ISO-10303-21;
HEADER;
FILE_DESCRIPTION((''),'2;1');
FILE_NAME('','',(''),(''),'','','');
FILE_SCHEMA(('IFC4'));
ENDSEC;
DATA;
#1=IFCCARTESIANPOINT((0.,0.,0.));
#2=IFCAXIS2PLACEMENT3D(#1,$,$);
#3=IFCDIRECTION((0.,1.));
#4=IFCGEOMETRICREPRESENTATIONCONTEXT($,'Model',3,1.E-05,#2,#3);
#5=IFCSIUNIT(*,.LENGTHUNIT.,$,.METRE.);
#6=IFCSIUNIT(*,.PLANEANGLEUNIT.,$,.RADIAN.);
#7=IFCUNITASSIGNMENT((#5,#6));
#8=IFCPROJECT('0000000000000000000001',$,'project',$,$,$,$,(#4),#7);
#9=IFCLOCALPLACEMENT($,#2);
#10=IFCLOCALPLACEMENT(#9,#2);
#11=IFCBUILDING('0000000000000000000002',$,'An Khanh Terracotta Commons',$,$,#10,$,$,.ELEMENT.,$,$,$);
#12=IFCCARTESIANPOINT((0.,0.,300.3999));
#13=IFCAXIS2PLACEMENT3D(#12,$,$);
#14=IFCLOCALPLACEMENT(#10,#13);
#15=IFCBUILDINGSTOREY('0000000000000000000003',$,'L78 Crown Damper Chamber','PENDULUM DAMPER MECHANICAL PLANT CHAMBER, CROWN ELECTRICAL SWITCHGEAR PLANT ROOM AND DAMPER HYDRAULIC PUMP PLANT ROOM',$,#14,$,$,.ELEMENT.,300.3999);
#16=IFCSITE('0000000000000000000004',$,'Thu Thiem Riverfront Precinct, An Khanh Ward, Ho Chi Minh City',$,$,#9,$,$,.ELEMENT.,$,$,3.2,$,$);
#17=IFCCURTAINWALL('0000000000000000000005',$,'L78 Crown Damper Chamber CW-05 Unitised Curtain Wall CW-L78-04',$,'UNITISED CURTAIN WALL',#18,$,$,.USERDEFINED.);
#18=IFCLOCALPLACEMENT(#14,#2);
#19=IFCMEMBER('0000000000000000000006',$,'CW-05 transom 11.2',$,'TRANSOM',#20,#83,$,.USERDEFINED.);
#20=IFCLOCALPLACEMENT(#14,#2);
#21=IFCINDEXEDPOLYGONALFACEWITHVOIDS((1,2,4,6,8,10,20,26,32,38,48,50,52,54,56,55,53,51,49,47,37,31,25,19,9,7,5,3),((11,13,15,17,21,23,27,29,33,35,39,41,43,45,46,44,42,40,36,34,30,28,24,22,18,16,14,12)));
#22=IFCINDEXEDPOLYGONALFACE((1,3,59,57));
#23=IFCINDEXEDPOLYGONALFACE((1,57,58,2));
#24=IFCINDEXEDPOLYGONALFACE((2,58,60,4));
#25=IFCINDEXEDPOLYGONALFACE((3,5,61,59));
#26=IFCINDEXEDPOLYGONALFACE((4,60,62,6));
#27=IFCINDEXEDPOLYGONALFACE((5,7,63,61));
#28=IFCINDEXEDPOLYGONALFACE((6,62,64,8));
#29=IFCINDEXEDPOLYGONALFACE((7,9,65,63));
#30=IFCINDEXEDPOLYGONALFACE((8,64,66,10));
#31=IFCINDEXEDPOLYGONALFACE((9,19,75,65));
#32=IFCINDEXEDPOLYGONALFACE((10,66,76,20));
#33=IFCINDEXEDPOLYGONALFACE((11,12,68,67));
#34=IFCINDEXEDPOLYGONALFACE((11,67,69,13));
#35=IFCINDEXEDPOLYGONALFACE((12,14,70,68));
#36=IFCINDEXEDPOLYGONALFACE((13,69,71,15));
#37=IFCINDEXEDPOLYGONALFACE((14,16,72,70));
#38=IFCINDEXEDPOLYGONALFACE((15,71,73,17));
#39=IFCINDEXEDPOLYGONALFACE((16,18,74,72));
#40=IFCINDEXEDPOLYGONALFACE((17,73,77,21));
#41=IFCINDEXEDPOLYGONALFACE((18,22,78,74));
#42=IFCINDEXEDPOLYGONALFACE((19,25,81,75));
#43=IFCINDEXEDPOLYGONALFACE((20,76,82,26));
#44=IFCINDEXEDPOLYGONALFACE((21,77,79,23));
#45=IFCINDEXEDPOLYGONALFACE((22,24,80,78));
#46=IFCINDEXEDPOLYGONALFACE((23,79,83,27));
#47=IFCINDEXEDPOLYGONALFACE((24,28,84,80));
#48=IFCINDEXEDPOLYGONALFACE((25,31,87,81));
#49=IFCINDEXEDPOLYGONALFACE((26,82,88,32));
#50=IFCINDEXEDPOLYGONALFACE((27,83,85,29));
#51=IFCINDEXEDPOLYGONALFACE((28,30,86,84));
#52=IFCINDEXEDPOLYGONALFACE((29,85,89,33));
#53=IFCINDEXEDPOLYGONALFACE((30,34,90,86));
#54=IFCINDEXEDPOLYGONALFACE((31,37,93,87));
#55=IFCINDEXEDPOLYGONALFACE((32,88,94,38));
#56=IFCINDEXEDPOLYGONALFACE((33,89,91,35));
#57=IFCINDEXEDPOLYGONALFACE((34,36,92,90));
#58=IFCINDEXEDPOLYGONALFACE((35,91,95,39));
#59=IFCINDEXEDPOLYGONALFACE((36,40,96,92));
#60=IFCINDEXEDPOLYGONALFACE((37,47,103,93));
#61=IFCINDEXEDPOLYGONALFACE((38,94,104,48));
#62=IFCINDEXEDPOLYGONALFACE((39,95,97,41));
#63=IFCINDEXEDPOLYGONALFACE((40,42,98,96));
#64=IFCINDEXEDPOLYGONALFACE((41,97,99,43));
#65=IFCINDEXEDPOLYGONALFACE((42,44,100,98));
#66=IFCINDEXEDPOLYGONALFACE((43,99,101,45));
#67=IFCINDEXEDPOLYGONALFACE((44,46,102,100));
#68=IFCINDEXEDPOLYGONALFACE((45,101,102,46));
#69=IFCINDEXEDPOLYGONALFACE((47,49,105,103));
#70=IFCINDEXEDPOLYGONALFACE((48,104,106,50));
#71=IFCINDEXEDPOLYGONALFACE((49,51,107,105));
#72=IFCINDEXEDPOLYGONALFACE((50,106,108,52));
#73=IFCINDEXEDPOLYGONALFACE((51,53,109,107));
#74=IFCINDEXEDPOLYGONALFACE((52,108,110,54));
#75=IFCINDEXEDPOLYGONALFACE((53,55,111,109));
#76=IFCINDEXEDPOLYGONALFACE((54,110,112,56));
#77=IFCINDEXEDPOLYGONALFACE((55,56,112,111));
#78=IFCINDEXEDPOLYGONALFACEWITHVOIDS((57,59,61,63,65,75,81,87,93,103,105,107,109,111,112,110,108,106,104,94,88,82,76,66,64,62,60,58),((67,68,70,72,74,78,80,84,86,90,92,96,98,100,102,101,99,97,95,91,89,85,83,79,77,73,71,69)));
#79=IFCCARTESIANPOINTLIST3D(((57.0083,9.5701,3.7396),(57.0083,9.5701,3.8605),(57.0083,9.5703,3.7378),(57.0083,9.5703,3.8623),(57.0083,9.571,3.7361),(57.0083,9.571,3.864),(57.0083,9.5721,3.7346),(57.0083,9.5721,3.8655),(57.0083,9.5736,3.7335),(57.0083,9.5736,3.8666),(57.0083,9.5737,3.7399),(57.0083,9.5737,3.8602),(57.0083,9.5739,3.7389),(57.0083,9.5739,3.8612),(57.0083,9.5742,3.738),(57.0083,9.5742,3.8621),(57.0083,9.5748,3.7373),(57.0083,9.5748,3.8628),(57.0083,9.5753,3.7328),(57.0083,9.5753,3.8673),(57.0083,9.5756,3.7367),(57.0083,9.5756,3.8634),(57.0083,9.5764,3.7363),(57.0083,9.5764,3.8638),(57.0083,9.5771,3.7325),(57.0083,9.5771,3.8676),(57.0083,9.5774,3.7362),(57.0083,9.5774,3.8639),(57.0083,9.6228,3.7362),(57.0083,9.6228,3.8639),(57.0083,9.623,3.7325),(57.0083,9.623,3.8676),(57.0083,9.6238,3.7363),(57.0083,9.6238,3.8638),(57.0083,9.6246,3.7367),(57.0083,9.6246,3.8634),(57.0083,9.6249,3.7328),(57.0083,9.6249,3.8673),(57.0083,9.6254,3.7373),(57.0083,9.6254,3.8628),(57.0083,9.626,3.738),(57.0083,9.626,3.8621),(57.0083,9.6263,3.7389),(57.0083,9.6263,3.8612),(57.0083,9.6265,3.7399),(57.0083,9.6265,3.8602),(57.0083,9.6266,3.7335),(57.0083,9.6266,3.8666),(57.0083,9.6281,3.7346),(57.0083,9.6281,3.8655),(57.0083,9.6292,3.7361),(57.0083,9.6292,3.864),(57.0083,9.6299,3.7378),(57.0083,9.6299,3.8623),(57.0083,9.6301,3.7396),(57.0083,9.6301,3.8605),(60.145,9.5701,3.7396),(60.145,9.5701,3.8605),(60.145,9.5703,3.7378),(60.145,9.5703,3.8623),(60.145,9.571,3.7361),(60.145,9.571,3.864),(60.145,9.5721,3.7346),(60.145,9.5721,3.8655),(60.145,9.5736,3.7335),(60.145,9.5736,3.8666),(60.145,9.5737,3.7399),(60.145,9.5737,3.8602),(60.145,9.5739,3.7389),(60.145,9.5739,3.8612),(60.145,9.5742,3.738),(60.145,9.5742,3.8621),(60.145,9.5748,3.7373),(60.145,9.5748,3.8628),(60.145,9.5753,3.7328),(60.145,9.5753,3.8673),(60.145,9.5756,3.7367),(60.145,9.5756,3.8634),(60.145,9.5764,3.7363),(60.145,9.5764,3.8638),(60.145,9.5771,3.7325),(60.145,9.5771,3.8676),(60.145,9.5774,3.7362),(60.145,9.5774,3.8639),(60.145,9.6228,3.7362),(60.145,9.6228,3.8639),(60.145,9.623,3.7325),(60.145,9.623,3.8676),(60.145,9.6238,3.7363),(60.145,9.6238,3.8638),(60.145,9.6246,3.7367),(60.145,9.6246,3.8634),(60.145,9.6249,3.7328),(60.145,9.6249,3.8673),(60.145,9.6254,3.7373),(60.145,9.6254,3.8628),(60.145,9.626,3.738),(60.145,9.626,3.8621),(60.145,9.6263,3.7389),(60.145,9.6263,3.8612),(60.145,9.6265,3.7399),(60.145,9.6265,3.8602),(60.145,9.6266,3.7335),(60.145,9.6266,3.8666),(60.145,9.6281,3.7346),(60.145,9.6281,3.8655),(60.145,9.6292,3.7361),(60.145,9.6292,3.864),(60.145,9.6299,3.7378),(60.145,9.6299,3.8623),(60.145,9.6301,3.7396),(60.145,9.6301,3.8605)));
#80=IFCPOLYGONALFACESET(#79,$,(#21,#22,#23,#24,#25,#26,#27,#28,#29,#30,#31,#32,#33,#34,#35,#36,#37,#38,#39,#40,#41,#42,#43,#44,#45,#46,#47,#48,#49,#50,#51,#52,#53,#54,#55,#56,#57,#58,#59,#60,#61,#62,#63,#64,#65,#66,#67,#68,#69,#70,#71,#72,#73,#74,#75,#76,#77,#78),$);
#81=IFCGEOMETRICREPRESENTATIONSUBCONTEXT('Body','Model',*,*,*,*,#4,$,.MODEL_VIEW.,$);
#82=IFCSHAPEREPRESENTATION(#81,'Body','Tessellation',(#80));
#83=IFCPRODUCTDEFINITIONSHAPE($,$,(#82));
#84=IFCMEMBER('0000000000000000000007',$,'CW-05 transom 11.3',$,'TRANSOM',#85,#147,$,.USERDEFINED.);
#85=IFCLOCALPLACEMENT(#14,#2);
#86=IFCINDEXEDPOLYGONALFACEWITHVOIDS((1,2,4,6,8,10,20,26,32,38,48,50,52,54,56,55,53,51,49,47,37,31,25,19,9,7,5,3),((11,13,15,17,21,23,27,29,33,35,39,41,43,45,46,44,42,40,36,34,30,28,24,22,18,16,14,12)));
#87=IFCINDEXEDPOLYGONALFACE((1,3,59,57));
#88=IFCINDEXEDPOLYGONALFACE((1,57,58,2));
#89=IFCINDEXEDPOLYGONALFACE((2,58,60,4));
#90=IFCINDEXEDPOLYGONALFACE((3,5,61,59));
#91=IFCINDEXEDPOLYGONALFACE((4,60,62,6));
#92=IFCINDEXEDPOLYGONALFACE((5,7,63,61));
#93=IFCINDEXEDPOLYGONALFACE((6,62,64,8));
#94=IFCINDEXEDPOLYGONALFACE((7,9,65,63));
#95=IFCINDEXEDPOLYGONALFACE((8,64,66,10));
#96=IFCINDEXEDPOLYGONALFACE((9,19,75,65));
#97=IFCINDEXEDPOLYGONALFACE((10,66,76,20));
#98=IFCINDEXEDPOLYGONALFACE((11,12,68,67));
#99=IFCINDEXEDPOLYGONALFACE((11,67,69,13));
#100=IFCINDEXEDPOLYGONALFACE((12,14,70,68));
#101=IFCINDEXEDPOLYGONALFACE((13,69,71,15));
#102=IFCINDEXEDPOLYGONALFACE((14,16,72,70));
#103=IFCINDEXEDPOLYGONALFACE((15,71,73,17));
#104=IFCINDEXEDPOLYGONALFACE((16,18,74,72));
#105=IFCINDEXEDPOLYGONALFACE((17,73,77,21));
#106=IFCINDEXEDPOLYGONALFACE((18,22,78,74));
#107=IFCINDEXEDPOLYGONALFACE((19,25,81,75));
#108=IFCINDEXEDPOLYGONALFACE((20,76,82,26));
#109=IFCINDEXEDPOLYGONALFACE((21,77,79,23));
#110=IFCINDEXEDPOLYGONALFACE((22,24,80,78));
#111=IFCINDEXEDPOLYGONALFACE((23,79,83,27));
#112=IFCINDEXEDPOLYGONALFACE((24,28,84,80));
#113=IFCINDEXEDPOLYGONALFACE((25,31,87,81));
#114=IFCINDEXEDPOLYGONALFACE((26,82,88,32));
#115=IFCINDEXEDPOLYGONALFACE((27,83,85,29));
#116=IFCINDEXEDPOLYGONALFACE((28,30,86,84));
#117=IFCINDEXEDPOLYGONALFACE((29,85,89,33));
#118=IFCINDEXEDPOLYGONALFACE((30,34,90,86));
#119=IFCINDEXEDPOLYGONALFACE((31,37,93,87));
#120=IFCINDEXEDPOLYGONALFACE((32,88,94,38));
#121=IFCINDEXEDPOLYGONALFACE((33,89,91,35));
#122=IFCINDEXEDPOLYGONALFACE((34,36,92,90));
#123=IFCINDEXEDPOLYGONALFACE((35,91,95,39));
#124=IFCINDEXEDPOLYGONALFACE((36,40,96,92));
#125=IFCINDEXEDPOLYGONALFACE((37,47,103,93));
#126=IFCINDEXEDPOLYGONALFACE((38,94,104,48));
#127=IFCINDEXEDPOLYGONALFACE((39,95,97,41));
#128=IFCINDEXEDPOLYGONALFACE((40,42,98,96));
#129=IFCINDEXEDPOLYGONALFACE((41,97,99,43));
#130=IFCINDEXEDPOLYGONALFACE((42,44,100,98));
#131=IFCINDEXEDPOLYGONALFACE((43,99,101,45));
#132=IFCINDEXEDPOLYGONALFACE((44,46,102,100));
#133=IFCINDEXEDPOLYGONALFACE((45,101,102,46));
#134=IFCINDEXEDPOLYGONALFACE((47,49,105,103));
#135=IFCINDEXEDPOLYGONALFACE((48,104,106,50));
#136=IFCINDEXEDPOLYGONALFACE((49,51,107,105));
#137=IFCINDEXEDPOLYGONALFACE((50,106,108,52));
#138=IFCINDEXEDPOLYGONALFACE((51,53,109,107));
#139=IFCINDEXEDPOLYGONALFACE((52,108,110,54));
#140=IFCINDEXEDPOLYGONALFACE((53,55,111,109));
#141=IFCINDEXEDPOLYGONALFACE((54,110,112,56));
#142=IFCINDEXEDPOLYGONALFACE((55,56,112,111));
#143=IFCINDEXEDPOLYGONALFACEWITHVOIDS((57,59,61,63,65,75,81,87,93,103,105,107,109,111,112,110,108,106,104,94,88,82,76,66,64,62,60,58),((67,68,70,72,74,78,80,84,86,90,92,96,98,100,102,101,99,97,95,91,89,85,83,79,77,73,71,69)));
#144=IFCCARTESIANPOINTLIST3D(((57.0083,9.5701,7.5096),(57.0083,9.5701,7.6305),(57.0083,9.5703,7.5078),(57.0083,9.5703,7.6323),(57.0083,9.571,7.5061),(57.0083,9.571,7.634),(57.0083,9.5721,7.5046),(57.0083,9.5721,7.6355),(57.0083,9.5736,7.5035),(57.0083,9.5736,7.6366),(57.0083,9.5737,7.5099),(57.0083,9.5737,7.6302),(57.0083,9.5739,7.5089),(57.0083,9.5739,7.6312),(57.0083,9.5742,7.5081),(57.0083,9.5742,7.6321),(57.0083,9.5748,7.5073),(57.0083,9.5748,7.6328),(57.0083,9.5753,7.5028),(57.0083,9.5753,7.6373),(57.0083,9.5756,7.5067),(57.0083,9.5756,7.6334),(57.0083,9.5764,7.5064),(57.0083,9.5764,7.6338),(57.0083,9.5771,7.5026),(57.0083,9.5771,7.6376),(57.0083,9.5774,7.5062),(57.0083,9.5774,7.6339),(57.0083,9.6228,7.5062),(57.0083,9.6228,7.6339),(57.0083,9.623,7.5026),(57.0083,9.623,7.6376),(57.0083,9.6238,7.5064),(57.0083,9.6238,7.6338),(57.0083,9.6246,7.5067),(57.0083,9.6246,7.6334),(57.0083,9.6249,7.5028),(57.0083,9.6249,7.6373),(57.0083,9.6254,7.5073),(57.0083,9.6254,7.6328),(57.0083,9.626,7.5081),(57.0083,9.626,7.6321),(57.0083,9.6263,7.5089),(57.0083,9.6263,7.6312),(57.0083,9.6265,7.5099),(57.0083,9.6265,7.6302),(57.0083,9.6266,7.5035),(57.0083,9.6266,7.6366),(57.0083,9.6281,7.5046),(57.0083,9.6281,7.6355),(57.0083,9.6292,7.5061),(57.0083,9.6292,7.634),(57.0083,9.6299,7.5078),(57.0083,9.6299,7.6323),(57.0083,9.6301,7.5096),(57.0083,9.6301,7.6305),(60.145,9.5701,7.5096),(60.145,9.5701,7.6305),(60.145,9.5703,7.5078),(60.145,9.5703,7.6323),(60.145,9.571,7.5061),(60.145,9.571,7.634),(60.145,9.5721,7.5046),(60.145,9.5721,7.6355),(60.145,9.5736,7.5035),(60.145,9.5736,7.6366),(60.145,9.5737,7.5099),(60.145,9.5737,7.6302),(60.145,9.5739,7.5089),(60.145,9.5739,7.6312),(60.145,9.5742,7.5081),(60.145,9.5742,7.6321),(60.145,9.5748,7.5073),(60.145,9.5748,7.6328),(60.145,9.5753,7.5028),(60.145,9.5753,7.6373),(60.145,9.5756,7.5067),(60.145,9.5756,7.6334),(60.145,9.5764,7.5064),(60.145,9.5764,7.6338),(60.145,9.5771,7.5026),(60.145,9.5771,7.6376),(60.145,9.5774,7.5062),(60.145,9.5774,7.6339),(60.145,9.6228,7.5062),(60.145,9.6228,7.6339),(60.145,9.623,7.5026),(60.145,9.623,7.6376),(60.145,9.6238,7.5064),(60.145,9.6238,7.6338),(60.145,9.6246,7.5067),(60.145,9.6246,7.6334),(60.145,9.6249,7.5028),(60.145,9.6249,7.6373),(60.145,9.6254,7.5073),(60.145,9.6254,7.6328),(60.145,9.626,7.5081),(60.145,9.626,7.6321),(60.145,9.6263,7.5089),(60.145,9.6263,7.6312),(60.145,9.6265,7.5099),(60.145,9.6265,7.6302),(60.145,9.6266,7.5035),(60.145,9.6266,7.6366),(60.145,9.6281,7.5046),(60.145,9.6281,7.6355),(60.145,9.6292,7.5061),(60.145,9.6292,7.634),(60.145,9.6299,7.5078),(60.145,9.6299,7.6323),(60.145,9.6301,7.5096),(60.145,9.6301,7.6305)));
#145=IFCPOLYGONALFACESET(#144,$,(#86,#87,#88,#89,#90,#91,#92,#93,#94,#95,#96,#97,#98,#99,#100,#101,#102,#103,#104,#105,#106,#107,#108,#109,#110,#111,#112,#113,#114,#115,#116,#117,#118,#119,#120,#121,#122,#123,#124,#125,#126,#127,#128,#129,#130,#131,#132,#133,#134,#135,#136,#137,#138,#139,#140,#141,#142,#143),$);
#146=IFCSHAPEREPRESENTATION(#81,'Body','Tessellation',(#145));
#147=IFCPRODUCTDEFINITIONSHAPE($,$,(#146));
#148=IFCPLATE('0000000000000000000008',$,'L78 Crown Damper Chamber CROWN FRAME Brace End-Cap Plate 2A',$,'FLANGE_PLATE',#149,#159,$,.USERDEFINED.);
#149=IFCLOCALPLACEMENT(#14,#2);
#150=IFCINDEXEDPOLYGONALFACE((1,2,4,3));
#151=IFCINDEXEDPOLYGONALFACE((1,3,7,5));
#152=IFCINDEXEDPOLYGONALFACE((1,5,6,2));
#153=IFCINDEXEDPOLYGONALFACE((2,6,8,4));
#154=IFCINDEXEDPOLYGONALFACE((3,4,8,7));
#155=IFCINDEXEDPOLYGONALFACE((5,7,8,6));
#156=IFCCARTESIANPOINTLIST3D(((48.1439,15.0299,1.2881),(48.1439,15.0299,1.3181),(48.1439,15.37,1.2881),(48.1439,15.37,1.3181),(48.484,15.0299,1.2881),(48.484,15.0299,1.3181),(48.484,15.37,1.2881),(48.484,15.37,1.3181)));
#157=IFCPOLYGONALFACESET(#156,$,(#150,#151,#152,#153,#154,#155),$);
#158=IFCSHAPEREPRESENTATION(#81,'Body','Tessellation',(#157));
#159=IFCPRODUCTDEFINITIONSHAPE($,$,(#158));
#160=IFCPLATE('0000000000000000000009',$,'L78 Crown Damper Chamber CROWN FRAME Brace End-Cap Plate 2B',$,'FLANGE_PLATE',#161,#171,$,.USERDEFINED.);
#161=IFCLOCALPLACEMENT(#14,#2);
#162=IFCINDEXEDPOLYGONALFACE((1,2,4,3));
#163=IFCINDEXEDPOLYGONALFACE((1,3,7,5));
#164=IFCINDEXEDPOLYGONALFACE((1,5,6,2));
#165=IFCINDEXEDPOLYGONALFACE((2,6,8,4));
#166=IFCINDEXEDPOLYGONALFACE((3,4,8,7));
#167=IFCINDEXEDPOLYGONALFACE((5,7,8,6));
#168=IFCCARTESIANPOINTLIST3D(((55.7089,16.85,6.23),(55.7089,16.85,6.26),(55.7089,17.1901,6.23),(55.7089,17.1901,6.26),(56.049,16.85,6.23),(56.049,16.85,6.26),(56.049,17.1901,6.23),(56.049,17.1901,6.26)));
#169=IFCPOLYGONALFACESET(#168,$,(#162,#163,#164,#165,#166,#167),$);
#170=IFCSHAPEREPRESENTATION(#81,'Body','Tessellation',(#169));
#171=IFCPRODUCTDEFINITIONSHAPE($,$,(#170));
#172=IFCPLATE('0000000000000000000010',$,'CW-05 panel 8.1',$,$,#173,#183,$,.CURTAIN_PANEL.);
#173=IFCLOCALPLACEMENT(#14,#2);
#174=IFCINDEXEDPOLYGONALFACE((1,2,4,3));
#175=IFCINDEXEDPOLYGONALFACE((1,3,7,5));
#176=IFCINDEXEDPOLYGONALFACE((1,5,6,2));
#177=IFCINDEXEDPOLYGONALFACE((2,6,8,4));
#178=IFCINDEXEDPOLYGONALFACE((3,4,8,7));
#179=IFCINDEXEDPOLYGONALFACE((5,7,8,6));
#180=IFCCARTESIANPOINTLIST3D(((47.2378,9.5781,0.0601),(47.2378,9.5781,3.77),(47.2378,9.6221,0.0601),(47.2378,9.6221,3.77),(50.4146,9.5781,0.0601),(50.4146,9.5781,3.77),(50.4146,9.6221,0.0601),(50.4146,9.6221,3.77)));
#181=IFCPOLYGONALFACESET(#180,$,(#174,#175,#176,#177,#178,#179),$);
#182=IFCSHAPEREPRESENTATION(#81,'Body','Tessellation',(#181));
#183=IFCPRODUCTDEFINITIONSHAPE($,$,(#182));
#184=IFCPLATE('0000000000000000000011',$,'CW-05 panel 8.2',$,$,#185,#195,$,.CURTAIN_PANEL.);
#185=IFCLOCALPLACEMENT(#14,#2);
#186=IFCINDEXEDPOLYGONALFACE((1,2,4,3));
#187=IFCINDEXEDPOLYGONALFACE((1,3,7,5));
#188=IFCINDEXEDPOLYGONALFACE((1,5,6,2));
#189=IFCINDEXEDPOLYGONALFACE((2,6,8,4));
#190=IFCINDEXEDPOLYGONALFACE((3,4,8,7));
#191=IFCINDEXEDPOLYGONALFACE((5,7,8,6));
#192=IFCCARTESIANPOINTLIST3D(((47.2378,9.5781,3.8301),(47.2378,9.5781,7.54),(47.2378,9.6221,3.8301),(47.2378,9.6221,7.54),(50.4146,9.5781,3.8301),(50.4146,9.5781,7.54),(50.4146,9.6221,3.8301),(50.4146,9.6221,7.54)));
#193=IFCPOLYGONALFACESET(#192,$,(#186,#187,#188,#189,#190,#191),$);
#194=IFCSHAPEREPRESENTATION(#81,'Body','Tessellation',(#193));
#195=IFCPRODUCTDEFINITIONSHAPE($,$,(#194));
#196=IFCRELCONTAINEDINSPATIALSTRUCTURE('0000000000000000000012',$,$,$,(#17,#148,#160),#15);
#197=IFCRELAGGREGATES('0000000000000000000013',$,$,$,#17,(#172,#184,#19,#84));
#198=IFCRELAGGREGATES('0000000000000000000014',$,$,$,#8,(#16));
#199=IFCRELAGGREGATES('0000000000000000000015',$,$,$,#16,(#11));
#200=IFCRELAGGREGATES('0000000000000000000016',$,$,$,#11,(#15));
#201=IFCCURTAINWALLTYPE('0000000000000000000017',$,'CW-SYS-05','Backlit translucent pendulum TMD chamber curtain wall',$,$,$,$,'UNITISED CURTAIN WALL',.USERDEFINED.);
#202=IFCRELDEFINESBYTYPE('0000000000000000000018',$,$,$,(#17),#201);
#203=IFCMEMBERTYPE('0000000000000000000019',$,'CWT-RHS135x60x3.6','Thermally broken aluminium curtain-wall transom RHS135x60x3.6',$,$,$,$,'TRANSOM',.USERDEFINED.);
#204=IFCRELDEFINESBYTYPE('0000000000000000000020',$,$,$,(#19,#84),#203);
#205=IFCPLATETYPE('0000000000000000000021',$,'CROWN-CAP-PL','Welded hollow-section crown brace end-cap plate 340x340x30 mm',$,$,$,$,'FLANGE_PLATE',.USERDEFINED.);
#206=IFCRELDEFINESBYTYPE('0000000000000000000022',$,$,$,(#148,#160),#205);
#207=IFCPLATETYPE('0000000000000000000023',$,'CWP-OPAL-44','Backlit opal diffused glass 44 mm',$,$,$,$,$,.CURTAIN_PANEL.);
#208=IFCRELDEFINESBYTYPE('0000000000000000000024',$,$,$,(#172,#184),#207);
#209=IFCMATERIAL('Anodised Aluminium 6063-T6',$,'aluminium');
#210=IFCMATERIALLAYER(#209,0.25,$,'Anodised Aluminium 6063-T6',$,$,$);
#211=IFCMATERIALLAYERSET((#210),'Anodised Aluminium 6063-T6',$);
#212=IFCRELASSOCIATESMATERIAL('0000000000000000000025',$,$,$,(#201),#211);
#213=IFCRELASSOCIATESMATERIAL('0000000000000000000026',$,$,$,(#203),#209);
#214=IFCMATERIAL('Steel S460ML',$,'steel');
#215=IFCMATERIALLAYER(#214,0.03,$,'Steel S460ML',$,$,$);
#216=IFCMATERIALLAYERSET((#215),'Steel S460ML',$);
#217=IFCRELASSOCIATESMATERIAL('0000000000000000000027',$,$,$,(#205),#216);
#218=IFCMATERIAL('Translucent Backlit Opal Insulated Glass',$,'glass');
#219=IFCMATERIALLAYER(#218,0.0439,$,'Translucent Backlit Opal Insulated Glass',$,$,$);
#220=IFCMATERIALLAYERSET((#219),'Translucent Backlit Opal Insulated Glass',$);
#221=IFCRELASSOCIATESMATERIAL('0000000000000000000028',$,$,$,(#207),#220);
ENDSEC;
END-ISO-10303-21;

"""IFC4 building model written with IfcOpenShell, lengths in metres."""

from ifc_helpers import new_model, si_unit, direction, frame, origin, origin_2d, place, context, subcontext, project, spatial, rectangle, hollow_rectangle, extrude, material, layer, layer_set, material_profile, profile_set, type_object, element, aggregate, save


model = new_model("IFC4")

# Units and contexts
model_context = context("Model", 3, precision=1e-05, world=origin(), true_north=direction((0.0, 1.0)))
body_context = subcontext(model_context, "Body", "Model", "MODEL_VIEW")
ifc_project = project(units=[si_unit("LENGTHUNIT", "METRE"), si_unit("PLANEANGLEUNIT", "RADIAN")], contexts=[model_context])

# Site, building, storey
site_placement = place(None, origin())
site = spatial("IfcSite", under=ifc_project, at=site_placement, Name="Thu Thiem Riverfront Precinct, An Khanh Ward, Ho Chi Minh City", CompositionType="ELEMENT", RefElevation=3.2)
building_placement = place(site_placement, origin())
building = spatial("IfcBuilding", under=site, at=building_placement, Name="An Khanh Terracotta Commons", CompositionType="ELEMENT")
storey_placement = place(building_placement, frame((0.0, 0.0, 300.3999)))
storey = spatial("IfcBuildingStorey", under=building, at=storey_placement, Name="L78 Crown Damper Chamber", Description="PENDULUM DAMPER MECHANICAL PLANT CHAMBER, CROWN ELECTRICAL SWITCHGEAR PLANT ROOM AND DAMPER HYDRAULIC PUMP PLANT ROOM", CompositionType="ELEMENT", Elevation=300.3999)

# Shared definitions
ifc_material_1 = material(Name="Steel S460ML", Category="steel")

# Curtain wall, members
ifc_material_2 = material(Name="Anodised Aluminium 6063-T6", Category="aluminium")
ifc_layer_1 = layer(ifc_material_2, 0.25, Name="Anodised Aluminium 6063-T6")
ifc_layer_set_1 = layer_set([ifc_layer_1], Name="Anodised Aluminium 6063-T6")
curtain_wall_type = type_object("IfcCurtainWallType", Name="CW-SYS-05", Description="Backlit translucent pendulum TMD chamber curtain wall", ElementType="UNITISED CURTAIN WALL", PredefinedType="USERDEFINED", material=ifc_layer_set_1)
curtain_wall_placement = place(storey_placement, origin())
curtain_wall = element("IfcCurtainWall", 1, at=curtain_wall_placement, inside=storey, type_object=curtain_wall_type, Name="L78 Crown Damper Chamber CW-05 Unitised Curtain Wall CW-L78-04", ObjectType="UNITISED CURTAIN WALL", PredefinedType="USERDEFINED")
ifc_material_profile_1 = material_profile(ifc_material_2, hollow_rectangle(XDim=0.0601, YDim=0.135, WallThickness=0.0037, InnerFilletRadius=0.0037, OuterFilletRadius=0.0071, at=origin_2d()), Name="RHS135x60x3.6")
ifc_profile_set_1 = profile_set([ifc_material_profile_1], Name="Anodised Aluminium 6063-T6")
member_type_1 = type_object("IfcMemberType", Name="CWT-RHS135x60x3.6", Description="Thermally broken aluminium curtain-wall transom RHS135x60x3.6", ElementType="TRANSOM", PredefinedType="USERDEFINED", material=ifc_profile_set_1)
member_1_placement = place(storey_placement, frame((57.0083, 9.6001, 3.8), z_axis=(1.0, 0.0, 0.0), x_axis=(0.0, 1.0, 0.0)))
member_1 = element("IfcMember", 2, at=member_1_placement, type_object=member_type_1, Name="CW-05 transom 11.2", ObjectType="TRANSOM", PredefinedType="USERDEFINED", context=body_context, shape_type="SweptSolid", body=[
    extrude(hollow_rectangle(XDim=0.0601, YDim=0.135, WallThickness=0.0037, InnerFilletRadius=0.0037, OuterFilletRadius=0.0071, at=origin_2d()), origin(), (0.0, 0.0, 1.0), 3.1367),
])
member_2_placement = place(storey_placement, frame((57.0083, 9.6001, 7.5701), z_axis=(1.0, 0.0, 0.0), x_axis=(0.0, 1.0, 0.0)))
member_2 = element("IfcMember", 3, at=member_2_placement, type_object=member_type_1, Name="CW-05 transom 11.3", ObjectType="TRANSOM", PredefinedType="USERDEFINED", context=body_context, shape_type="SweptSolid", body=[
    extrude(hollow_rectangle(XDim=0.0601, YDim=0.135, WallThickness=0.0037, InnerFilletRadius=0.0037, OuterFilletRadius=0.0071, at=origin_2d()), origin(), (0.0, 0.0, 1.0), 3.1367),
])

# Plates
ifc_layer_2 = layer(ifc_material_1, 0.03, Name="Steel S460ML")
ifc_layer_set_2 = layer_set([ifc_layer_2], Name="Steel S460ML")
plate_type_1 = type_object("IfcPlateType", Name="CROWN-CAP-PL", Description="Welded hollow-section crown brace end-cap plate 340x340x30 mm", ElementType="FLANGE_PLATE", PredefinedType="USERDEFINED", material=ifc_layer_set_2)
for number, where, z_axis, x_axis, name in (
    (4, (48.314, 15.2, 1.2881), (0.0, 0.0, 1.0), (1.0, 0.0, 0.0), "L78 Crown Damper Chamber CROWN FRAME Brace End-Cap Plate 2A"),
    (5, (55.8789, 17.02, 6.23), (0.0, 0.0, 1.0), (1.0, 0.0, 0.0), "L78 Crown Damper Chamber CROWN FRAME Brace End-Cap Plate 2B"),
):
    element("IfcPlate", number, at=place(storey_placement, frame(where, z_axis=z_axis, x_axis=x_axis)), inside=storey, type_object=plate_type_1, Name=name, ObjectType="FLANGE_PLATE", PredefinedType="USERDEFINED", context=body_context, shape_type="SweptSolid", body=[
        extrude(rectangle(XDim=0.3401, YDim=0.3401, at=origin_2d()), origin(), (0.0, 0.0, 1.0), 0.03),
    ])

# Plates
ifc_material_3 = material(Name="Translucent Backlit Opal Insulated Glass", Category="glass")
ifc_layer_3 = layer(ifc_material_3, 0.0439, Name="Translucent Backlit Opal Insulated Glass")
ifc_layer_set_3 = layer_set([ifc_layer_3], Name="Translucent Backlit Opal Insulated Glass")
plate_type_2 = type_object("IfcPlateType", Name="CWP-OPAL-44", Description="Backlit opal diffused glass 44 mm", PredefinedType="CURTAIN_PANEL", material=ifc_layer_set_3)
plate_1_placement = place(storey_placement, frame((48.8262, 9.6001, 0.0601), z_axis=(0.0, 0.0, 1.0), x_axis=(1.0, 0.0, 0.0)))
plate_1 = element("IfcPlate", 6, at=plate_1_placement, type_object=plate_type_2, Name="CW-05 panel 8.1", PredefinedType="CURTAIN_PANEL", context=body_context, shape_type="SweptSolid", body=[
    extrude(rectangle(XDim=3.1768, YDim=0.0439, at=origin_2d()), origin(), (0.0, 0.0, 1.0), 3.71),
])
plate_2_placement = place(storey_placement, frame((48.8262, 9.6001, 3.8301), z_axis=(0.0, 0.0, 1.0), x_axis=(1.0, 0.0, 0.0)))
plate_2 = element("IfcPlate", 7, at=plate_2_placement, type_object=plate_type_2, Name="CW-05 panel 8.2", PredefinedType="CURTAIN_PANEL", context=body_context, shape_type="SweptSolid", body=[
    extrude(rectangle(XDim=3.1768, YDim=0.0439, at=origin_2d()), origin(), (0.0, 0.0, 1.0), 3.71),
])
aggregate(curtain_wall, [plate_1, plate_2, member_1, member_2])

save(model, "model.ifc")
